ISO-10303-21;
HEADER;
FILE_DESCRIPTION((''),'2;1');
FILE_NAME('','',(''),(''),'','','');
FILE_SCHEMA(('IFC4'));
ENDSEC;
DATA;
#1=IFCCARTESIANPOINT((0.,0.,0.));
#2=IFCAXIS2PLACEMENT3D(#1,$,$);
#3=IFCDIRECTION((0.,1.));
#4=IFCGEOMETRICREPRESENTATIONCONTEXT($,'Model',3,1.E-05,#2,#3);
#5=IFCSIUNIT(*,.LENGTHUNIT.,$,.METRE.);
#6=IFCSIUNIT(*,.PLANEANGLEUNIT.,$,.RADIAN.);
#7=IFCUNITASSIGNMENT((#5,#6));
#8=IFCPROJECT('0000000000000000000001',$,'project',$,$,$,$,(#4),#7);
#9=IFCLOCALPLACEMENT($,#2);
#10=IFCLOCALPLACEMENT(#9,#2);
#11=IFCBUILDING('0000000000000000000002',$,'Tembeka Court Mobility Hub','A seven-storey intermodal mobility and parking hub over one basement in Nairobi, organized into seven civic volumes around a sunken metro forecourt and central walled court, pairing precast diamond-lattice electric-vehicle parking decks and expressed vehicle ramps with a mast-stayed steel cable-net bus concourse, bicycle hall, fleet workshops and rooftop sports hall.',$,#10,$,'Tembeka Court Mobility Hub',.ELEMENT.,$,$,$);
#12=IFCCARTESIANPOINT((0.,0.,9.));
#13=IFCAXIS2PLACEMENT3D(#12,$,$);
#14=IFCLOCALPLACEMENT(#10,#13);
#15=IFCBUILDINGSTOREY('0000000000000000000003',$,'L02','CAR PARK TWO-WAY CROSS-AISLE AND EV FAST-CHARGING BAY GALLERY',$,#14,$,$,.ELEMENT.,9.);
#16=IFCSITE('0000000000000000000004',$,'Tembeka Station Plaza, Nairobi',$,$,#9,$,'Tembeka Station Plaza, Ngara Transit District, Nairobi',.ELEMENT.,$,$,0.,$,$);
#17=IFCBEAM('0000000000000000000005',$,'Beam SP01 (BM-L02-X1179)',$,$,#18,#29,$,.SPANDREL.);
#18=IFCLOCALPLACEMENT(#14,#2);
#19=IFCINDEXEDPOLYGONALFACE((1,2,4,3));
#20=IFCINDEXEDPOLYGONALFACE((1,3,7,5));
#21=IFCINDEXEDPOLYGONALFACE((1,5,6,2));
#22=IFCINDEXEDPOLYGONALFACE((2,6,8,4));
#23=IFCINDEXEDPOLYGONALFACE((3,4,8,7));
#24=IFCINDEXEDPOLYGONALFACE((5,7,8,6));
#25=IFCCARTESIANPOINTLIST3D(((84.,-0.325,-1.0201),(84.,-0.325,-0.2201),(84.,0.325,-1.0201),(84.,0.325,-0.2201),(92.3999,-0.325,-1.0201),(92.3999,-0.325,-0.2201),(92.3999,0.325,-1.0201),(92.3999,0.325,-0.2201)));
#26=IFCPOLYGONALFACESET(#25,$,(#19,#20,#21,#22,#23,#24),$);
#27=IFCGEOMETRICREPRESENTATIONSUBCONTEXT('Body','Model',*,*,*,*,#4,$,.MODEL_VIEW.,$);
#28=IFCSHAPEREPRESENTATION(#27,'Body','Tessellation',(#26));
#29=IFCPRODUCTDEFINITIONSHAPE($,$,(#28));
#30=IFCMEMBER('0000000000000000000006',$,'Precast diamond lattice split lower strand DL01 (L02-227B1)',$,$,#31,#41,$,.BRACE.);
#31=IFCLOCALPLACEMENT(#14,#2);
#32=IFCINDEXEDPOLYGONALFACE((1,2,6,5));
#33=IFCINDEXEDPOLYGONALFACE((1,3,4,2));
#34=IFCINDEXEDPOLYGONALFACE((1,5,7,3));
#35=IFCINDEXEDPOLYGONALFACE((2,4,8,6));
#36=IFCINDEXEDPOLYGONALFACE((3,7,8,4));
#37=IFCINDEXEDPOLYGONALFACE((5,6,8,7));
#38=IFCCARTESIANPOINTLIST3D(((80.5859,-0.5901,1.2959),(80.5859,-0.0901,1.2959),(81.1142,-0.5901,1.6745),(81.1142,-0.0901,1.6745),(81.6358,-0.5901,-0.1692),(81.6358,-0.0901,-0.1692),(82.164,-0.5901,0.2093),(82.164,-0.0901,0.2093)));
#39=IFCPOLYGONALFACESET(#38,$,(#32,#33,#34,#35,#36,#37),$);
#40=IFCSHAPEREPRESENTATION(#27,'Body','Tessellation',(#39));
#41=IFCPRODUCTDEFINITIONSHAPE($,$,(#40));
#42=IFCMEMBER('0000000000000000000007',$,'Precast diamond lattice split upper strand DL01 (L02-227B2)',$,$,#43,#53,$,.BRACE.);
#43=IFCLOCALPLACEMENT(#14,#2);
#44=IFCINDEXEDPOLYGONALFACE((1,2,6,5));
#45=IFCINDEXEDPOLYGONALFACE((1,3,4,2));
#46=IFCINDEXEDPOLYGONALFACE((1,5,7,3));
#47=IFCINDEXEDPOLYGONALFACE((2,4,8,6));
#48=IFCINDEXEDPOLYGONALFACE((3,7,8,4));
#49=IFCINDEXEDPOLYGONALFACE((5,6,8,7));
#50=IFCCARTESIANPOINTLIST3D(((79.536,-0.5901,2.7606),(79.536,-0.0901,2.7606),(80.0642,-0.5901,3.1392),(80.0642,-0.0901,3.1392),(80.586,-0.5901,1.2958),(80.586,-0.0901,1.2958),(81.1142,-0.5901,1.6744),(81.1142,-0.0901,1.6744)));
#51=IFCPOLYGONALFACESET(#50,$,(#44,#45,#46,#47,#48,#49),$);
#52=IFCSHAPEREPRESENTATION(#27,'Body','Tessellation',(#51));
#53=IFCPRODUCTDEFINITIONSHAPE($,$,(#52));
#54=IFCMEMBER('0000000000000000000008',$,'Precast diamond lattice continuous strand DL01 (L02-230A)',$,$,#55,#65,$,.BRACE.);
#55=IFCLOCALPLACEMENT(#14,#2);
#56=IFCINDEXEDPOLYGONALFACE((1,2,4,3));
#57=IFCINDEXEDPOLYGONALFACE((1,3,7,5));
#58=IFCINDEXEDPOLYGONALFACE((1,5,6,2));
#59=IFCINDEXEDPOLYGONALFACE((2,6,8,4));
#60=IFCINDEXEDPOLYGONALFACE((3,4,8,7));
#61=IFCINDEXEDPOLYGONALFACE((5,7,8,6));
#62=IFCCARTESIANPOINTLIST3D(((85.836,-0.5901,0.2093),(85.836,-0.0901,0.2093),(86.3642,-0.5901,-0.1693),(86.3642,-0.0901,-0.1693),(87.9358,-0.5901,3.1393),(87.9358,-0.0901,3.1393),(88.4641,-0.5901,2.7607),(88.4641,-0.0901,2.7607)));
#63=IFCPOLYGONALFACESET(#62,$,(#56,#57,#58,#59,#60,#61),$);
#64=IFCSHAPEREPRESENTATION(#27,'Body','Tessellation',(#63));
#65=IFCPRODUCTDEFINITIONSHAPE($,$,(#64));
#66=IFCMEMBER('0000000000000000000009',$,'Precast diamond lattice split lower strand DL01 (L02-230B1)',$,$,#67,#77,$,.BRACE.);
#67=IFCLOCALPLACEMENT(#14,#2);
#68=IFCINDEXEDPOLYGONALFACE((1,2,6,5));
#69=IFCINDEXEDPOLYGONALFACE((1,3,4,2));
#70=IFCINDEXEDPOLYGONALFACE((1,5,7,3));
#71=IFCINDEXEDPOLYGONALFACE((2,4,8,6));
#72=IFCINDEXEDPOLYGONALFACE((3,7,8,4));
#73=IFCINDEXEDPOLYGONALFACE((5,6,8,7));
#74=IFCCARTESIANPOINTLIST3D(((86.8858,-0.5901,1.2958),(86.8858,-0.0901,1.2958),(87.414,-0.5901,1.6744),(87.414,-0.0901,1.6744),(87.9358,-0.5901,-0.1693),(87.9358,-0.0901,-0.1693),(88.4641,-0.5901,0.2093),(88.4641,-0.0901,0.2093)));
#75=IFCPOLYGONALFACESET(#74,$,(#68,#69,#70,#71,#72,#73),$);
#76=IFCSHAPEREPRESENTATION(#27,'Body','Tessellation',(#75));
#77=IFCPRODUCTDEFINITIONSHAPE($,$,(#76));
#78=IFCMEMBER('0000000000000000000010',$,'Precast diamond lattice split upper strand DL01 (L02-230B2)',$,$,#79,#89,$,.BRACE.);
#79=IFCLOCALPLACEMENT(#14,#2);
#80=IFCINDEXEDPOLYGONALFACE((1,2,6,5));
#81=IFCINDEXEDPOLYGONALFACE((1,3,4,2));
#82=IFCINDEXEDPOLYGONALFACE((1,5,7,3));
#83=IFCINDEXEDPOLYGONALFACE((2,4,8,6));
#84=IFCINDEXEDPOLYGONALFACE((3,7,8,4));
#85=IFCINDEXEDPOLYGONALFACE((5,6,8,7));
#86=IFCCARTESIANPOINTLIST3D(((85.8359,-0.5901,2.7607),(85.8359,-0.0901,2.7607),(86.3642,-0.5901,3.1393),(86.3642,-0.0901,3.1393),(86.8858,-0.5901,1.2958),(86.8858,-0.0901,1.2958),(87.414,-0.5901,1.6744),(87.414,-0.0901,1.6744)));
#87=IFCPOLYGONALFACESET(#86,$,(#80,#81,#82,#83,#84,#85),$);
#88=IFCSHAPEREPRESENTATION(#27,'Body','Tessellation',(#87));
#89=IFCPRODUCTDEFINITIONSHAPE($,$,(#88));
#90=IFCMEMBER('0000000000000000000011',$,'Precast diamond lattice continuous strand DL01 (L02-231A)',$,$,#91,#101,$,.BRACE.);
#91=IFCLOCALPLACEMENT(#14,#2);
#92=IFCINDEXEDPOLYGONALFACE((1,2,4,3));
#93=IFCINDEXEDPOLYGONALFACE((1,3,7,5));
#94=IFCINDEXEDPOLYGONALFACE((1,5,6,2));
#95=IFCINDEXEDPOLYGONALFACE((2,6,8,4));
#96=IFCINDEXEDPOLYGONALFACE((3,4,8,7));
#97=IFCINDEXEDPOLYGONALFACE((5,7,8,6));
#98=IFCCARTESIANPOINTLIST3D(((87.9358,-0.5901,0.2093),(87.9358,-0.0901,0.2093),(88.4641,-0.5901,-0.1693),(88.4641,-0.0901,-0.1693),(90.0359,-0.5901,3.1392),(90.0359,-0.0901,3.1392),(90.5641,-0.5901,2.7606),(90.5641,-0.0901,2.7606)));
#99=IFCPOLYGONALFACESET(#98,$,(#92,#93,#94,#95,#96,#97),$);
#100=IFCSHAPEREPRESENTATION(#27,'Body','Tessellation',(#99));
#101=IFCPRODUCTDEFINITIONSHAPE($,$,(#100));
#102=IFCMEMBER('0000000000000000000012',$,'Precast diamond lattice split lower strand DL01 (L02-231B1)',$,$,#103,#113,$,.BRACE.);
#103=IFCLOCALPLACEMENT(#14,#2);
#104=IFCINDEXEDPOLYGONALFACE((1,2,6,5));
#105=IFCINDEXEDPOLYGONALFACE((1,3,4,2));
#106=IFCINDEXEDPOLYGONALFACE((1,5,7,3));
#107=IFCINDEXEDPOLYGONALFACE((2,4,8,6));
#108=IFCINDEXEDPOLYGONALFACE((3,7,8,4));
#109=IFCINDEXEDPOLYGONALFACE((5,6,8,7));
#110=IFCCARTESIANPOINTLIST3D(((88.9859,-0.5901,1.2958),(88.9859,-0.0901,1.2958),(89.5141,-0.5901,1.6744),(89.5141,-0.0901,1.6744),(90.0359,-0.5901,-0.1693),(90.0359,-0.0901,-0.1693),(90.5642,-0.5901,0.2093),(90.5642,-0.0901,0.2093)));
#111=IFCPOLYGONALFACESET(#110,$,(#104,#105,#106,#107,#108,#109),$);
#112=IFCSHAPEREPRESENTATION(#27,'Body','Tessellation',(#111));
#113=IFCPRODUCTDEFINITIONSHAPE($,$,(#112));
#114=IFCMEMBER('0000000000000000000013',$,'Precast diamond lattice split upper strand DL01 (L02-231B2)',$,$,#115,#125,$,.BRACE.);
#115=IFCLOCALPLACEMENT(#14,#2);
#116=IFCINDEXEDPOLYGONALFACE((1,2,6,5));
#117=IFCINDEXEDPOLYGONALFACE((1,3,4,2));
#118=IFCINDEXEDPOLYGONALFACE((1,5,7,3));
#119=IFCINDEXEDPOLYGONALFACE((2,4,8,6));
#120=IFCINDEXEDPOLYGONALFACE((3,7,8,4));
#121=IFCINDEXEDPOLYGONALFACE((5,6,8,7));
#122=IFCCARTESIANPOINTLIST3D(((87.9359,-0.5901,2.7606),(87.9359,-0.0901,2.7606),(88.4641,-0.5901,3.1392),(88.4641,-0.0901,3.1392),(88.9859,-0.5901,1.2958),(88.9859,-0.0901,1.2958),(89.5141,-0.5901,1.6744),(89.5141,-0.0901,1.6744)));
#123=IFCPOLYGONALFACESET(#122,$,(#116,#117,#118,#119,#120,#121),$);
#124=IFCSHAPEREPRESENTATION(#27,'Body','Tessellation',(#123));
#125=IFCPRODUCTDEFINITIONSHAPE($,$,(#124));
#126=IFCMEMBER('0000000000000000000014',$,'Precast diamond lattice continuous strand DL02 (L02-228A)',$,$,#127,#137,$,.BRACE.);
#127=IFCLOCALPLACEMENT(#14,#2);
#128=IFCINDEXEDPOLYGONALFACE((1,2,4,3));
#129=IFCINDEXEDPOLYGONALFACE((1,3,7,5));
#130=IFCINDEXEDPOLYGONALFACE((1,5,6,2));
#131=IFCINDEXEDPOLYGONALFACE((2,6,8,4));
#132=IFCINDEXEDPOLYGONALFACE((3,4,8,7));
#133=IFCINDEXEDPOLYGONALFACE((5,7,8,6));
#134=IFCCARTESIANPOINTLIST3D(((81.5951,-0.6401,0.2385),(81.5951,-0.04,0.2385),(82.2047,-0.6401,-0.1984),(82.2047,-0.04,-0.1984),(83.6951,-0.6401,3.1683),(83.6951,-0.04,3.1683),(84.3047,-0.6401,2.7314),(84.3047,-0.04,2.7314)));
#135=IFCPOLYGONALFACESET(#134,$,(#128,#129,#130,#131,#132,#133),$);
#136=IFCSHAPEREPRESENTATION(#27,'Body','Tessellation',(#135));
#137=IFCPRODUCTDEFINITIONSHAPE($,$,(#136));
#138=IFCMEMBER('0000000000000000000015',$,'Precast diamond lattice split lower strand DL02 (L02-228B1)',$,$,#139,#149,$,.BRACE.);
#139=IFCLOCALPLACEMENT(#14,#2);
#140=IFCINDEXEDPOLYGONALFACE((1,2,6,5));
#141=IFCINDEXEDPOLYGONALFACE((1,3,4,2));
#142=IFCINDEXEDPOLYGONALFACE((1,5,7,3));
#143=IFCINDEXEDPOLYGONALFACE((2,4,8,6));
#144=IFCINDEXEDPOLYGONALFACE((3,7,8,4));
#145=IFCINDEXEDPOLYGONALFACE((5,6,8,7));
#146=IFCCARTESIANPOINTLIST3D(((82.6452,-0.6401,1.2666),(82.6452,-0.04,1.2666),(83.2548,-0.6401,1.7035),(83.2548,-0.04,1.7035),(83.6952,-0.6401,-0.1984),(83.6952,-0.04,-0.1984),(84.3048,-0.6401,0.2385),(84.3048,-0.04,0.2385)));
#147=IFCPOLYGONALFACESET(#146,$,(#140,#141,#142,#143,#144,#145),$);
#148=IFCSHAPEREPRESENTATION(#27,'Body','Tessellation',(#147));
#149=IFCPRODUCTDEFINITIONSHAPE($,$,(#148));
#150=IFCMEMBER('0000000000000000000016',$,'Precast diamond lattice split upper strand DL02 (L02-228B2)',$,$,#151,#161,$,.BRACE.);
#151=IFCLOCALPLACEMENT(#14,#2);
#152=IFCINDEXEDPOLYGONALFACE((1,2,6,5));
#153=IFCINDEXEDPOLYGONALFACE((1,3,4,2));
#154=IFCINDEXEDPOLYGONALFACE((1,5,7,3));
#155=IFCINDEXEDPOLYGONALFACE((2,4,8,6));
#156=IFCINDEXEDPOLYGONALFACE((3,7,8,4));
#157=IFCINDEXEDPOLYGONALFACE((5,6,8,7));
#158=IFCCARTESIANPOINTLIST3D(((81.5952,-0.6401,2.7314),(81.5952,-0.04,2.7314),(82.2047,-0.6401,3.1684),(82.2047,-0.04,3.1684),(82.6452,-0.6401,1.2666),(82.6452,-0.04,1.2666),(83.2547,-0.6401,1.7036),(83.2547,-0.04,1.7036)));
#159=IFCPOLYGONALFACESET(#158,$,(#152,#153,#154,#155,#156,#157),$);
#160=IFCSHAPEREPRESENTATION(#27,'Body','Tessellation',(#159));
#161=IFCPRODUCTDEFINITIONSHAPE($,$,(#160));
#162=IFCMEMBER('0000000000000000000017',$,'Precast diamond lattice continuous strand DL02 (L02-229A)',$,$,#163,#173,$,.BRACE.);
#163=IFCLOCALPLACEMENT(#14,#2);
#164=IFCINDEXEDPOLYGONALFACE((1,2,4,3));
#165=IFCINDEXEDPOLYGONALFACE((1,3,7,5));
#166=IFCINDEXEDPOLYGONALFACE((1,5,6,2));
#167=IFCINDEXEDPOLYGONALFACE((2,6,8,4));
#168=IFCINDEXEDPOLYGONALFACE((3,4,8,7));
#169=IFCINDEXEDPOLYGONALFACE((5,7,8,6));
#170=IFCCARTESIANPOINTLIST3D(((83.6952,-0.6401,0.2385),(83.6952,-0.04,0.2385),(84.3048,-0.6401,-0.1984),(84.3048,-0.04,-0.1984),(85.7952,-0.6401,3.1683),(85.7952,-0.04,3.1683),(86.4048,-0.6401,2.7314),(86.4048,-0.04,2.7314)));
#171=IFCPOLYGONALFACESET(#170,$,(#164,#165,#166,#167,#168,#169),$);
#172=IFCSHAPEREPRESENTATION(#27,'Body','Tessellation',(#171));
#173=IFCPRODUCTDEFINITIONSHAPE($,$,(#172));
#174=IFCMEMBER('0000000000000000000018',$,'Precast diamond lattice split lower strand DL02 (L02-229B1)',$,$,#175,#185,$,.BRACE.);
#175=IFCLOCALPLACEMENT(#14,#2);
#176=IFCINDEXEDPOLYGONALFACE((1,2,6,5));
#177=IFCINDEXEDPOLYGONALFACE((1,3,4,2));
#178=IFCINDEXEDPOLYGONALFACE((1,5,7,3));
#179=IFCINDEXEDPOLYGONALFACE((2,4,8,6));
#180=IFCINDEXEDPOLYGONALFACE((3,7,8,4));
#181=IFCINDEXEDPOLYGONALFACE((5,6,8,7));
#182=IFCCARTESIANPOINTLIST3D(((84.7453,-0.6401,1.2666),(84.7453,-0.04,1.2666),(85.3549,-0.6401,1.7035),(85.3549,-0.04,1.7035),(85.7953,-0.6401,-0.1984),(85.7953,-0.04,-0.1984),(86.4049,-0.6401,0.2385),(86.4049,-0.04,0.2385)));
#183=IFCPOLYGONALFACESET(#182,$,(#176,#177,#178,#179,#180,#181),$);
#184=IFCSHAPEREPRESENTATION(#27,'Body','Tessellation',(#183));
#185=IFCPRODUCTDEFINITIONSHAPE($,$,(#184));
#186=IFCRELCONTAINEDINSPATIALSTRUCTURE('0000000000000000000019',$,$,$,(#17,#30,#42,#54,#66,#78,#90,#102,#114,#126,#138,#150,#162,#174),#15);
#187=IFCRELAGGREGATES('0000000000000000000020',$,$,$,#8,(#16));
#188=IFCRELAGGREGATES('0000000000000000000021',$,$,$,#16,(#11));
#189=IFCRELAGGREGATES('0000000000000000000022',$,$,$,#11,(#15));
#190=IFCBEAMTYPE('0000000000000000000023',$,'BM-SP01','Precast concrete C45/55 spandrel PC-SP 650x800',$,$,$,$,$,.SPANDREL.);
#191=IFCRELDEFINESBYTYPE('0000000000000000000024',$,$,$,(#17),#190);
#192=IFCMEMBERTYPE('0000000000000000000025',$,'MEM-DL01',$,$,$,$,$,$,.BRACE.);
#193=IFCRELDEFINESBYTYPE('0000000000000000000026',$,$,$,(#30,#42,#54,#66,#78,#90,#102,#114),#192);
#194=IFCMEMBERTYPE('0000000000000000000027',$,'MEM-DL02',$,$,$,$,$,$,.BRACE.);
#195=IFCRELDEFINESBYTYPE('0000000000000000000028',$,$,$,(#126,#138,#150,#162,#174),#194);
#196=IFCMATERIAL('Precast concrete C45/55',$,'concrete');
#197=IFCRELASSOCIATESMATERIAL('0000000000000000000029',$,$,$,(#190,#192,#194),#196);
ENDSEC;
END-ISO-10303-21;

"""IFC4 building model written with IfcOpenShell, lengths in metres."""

from ifc_helpers import new_model, si_unit, direction, frame, origin, origin_2d, place, context, subcontext, project, spatial, rectangle, extrude, material, material_profile, profile_set, type_object, element, save


model = new_model("IFC4")

# Units and contexts
model_context = context("Model", 3, precision=1e-05, world=origin(), true_north=direction((0.0, 1.0)))
body_context = subcontext(model_context, "Body", "Model", "MODEL_VIEW")
ifc_project = project(units=[si_unit("LENGTHUNIT", "METRE"), si_unit("PLANEANGLEUNIT", "RADIAN")], contexts=[model_context])

# Site, building, storey
site_placement = place(None, origin())
site = spatial("IfcSite", under=ifc_project, at=site_placement, Name="Tembeka Station Plaza, Nairobi", LongName="Tembeka Station Plaza, Ngara Transit District, Nairobi", CompositionType="ELEMENT", RefElevation=0.0)
building_placement = place(site_placement, origin())
building = spatial("IfcBuilding", under=site, at=building_placement, Name="Tembeka Court Mobility Hub", Description="A seven-storey intermodal mobility and parking hub over one basement in Nairobi, organized into seven civic volumes around a sunken metro forecourt and central walled court, pairing precast diamond-lattice electric-vehicle parking decks and expressed vehicle ramps with a mast-stayed steel cable-net bus concourse, bicycle hall, fleet workshops and rooftop sports hall.", LongName="Tembeka Court Mobility Hub", CompositionType="ELEMENT")
storey_placement = place(building_placement, frame((0.0, 0.0, 9.0)))
storey = spatial("IfcBuildingStorey", under=building, at=storey_placement, Name="L02", Description="CAR PARK TWO-WAY CROSS-AISLE AND EV FAST-CHARGING BAY GALLERY", CompositionType="ELEMENT", Elevation=9.0)

# Beam
ifc_material_1 = material(Name="Precast concrete C45/55", Category="concrete")
ifc_material_profile_1 = material_profile(ifc_material_1, rectangle(XDim=0.6499, YDim=0.8, at=origin_2d()), Name="PC-SP 650x800")
ifc_profile_set_1 = profile_set([ifc_material_profile_1], Name="Precast concrete C45/55")
beam_type_1 = type_object("IfcBeamType", Name="BM-SP01", Description="Precast concrete C45/55 spandrel PC-SP 650x800", PredefinedType="SPANDREL", material=ifc_profile_set_1)
beam_placement = place(storey_placement, frame((84.0, 0.0, -0.6201), z_axis=(1.0, 0.0, 0.0), x_axis=(0.0, 1.0, 0.0)))
element("IfcBeam", 1, at=beam_placement, inside=storey, type_object=beam_type_1, Name="Beam SP01 (BM-L02-X1179)", PredefinedType="SPANDREL", context=body_context, shape_type="SweptSolid", body=[
    extrude(rectangle(XDim=0.6499, YDim=0.8, at=origin_2d()), origin(), (0.0, 0.0, 1.0), 8.3999),
])

# Members
ifc_material_profile_2 = material_profile(ifc_material_1, rectangle(XDim=0.5, YDim=0.6499, at=origin_2d()), Name="PC-DIAG 500x650")
ifc_profile_set_2 = profile_set([ifc_material_profile_2], Name="Precast concrete C45/55")
member_type_1 = type_object("IfcMemberType", Name="MEM-DL01", PredefinedType="BRACE", material=ifc_profile_set_2)
member_1_placement = place(storey_placement, frame((81.8999, -0.3401, 0.02), z_axis=(-0.582455, 0.0, 0.812863), x_axis=(0.0, -1.0, 0.0)))
element("IfcMember", 2, at=member_1_placement, inside=storey, type_object=member_type_1, Name="Precast diamond lattice split lower strand DL01 (L02-227B1)", PredefinedType="BRACE", context=body_context, shape_type="SweptSolid", body=[
    extrude(rectangle(XDim=0.5, YDim=0.6499, at=origin_2d()), origin(), (0.0, 0.0, 1.0), 1.8025),
])
member_2_placement = place(storey_placement, frame((80.8501, -0.3401, 1.4851), z_axis=(-0.582608, 0.0, 0.812753), x_axis=(0.0, -1.0, 0.0)))
element("IfcMember", 3, at=member_2_placement, inside=storey, type_object=member_type_1, Name="Precast diamond lattice split upper strand DL01 (L02-227B2)", PredefinedType="BRACE", context=body_context, shape_type="SweptSolid", body=[
    extrude(rectangle(XDim=0.5, YDim=0.6499, at=origin_2d()), origin(), (0.0, 0.0, 1.0), 1.8022),
])
member_3_placement = place(storey_placement, frame((86.1001, -0.3401, 0.02), z_axis=(0.582532, 0.0, 0.812808), x_axis=(0.0, 1.0, 0.0)))
element("IfcMember", 4, at=member_3_placement, inside=storey, type_object=member_type_1, Name="Precast diamond lattice continuous strand DL01 (L02-230A)", PredefinedType="BRACE", context=body_context, shape_type="SweptSolid", body=[
    extrude(rectangle(XDim=0.5, YDim=0.6499, at=origin_2d()), origin(), (0.0, 0.0, 1.0), 3.6047),
])
member_4_placement = place(storey_placement, frame((88.2, -0.3401, 0.02), z_axis=(-0.582544, 0.0, 0.812799), x_axis=(0.0, -1.0, 0.0)))
element("IfcMember", 5, at=member_4_placement, inside=storey, type_object=member_type_1, Name="Precast diamond lattice split lower strand DL01 (L02-230B1)", PredefinedType="BRACE", context=body_context, shape_type="SweptSolid", body=[
    extrude(rectangle(XDim=0.5, YDim=0.6499, at=origin_2d()), origin(), (0.0, 0.0, 1.0), 1.8025),
])
member_5_placement = place(storey_placement, frame((87.1499, -0.3401, 1.4851), z_axis=(-0.582519, 0.0, 0.812817), x_axis=(0.0, -1.0, 0.0)))
element("IfcMember", 6, at=member_5_placement, inside=storey, type_object=member_type_1, Name="Precast diamond lattice split upper strand DL01 (L02-230B2)", PredefinedType="BRACE", context=body_context, shape_type="SweptSolid", body=[
    extrude(rectangle(XDim=0.5, YDim=0.6499, at=origin_2d()), origin(), (0.0, 0.0, 1.0), 1.8022),
])
member_6_placement = place(storey_placement, frame((88.2, -0.3401, 0.02), z_axis=(0.582576, 0.0, 0.812776), x_axis=(0.0, 1.0, 0.0)))
element("IfcMember", 7, at=member_6_placement, inside=storey, type_object=member_type_1, Name="Precast diamond lattice continuous strand DL01 (L02-231A)", PredefinedType="BRACE", context=body_context, shape_type="SweptSolid", body=[
    extrude(rectangle(XDim=0.5, YDim=0.6499, at=origin_2d()), origin(), (0.0, 0.0, 1.0), 3.6047),
])
member_7_placement = place(storey_placement, frame((90.3, -0.3401, 0.02), z_axis=(-0.582544, 0.0, 0.812799), x_axis=(0.0, -1.0, 0.0)))
element("IfcMember", 8, at=member_7_placement, inside=storey, type_object=member_type_1, Name="Precast diamond lattice split lower strand DL01 (L02-231B1)", PredefinedType="BRACE", context=body_context, shape_type="SweptSolid", body=[
    extrude(rectangle(XDim=0.5, YDim=0.6499, at=origin_2d()), origin(), (0.0, 0.0, 1.0), 1.8025),
])
member_8_placement = place(storey_placement, frame((89.25, -0.3401, 1.4851), z_axis=(-0.582608, 0.0, 0.812753), x_axis=(0.0, -1.0, 0.0)))
element("IfcMember", 9, at=member_8_placement, inside=storey, type_object=member_type_1, Name="Precast diamond lattice split upper strand DL01 (L02-231B2)", PredefinedType="BRACE", context=body_context, shape_type="SweptSolid", body=[
    extrude(rectangle(XDim=0.5, YDim=0.6499, at=origin_2d()), origin(), (0.0, 0.0, 1.0), 1.8022),
])
ifc_material_profile_3 = material_profile(ifc_material_1, rectangle(XDim=0.6001, YDim=0.75, at=origin_2d()), Name="PC-DIAG 600x750")
ifc_profile_set_3 = profile_set([ifc_material_profile_3], Name="Precast concrete C45/55")
member_type_2 = type_object("IfcMemberType", Name="MEM-DL02", PredefinedType="BRACE", material=ifc_profile_set_3)
member_9_placement = place(storey_placement, frame((81.8999, -0.3401, 0.02), z_axis=(0.582576, 0.0, 0.812776), x_axis=(0.0, 1.0, 0.0)))
element("IfcMember", 10, at=member_9_placement, inside=storey, type_object=member_type_2, Name="Precast diamond lattice continuous strand DL02 (L02-228A)", PredefinedType="BRACE", context=body_context, shape_type="SweptSolid", body=[
    extrude(rectangle(XDim=0.6001, YDim=0.75, at=origin_2d()), origin(), (0.0, 0.0, 1.0), 3.6047),
])
member_10_placement = place(storey_placement, frame((84.0, -0.3401, 0.02), z_axis=(-0.582544, 0.0, 0.812799), x_axis=(0.0, -1.0, 0.0)))
element("IfcMember", 11, at=member_10_placement, inside=storey, type_object=member_type_2, Name="Precast diamond lattice split lower strand DL02 (L02-228B1)", PredefinedType="BRACE", context=body_context, shape_type="SweptSolid", body=[
    extrude(rectangle(XDim=0.6001, YDim=0.75, at=origin_2d()), origin(), (0.0, 0.0, 1.0), 1.8025),
])
member_11_placement = place(storey_placement, frame((82.95, -0.3401, 1.4851), z_axis=(-0.582608, 0.0, 0.812753), x_axis=(0.0, -1.0, 0.0)))
element("IfcMember", 12, at=member_11_placement, inside=storey, type_object=member_type_2, Name="Precast diamond lattice split upper strand DL02 (L02-228B2)", PredefinedType="BRACE", context=body_context, shape_type="SweptSolid", body=[
    extrude(rectangle(XDim=0.6001, YDim=0.75, at=origin_2d()), origin(), (0.0, 0.0, 1.0), 1.8022),
])
member_12_placement = place(storey_placement, frame((84.0, -0.3401, 0.02), z_axis=(0.582576, 0.0, 0.812776), x_axis=(0.0, 1.0, 0.0)))
element("IfcMember", 13, at=member_12_placement, inside=storey, type_object=member_type_2, Name="Precast diamond lattice continuous strand DL02 (L02-229A)", PredefinedType="BRACE", context=body_context, shape_type="SweptSolid", body=[
    extrude(rectangle(XDim=0.6001, YDim=0.75, at=origin_2d()), origin(), (0.0, 0.0, 1.0), 3.6047),
])
member_13_placement = place(storey_placement, frame((86.1001, -0.3401, 0.02), z_axis=(-0.582544, 0.0, 0.812799), x_axis=(0.0, -1.0, 0.0)))
element("IfcMember", 14, at=member_13_placement, inside=storey, type_object=member_type_2, Name="Precast diamond lattice split lower strand DL02 (L02-229B1)", PredefinedType="BRACE", context=body_context, shape_type="SweptSolid", body=[
    extrude(rectangle(XDim=0.6001, YDim=0.75, at=origin_2d()), origin(), (0.0, 0.0, 1.0), 1.8025),
])

save(model, "model.ifc")
